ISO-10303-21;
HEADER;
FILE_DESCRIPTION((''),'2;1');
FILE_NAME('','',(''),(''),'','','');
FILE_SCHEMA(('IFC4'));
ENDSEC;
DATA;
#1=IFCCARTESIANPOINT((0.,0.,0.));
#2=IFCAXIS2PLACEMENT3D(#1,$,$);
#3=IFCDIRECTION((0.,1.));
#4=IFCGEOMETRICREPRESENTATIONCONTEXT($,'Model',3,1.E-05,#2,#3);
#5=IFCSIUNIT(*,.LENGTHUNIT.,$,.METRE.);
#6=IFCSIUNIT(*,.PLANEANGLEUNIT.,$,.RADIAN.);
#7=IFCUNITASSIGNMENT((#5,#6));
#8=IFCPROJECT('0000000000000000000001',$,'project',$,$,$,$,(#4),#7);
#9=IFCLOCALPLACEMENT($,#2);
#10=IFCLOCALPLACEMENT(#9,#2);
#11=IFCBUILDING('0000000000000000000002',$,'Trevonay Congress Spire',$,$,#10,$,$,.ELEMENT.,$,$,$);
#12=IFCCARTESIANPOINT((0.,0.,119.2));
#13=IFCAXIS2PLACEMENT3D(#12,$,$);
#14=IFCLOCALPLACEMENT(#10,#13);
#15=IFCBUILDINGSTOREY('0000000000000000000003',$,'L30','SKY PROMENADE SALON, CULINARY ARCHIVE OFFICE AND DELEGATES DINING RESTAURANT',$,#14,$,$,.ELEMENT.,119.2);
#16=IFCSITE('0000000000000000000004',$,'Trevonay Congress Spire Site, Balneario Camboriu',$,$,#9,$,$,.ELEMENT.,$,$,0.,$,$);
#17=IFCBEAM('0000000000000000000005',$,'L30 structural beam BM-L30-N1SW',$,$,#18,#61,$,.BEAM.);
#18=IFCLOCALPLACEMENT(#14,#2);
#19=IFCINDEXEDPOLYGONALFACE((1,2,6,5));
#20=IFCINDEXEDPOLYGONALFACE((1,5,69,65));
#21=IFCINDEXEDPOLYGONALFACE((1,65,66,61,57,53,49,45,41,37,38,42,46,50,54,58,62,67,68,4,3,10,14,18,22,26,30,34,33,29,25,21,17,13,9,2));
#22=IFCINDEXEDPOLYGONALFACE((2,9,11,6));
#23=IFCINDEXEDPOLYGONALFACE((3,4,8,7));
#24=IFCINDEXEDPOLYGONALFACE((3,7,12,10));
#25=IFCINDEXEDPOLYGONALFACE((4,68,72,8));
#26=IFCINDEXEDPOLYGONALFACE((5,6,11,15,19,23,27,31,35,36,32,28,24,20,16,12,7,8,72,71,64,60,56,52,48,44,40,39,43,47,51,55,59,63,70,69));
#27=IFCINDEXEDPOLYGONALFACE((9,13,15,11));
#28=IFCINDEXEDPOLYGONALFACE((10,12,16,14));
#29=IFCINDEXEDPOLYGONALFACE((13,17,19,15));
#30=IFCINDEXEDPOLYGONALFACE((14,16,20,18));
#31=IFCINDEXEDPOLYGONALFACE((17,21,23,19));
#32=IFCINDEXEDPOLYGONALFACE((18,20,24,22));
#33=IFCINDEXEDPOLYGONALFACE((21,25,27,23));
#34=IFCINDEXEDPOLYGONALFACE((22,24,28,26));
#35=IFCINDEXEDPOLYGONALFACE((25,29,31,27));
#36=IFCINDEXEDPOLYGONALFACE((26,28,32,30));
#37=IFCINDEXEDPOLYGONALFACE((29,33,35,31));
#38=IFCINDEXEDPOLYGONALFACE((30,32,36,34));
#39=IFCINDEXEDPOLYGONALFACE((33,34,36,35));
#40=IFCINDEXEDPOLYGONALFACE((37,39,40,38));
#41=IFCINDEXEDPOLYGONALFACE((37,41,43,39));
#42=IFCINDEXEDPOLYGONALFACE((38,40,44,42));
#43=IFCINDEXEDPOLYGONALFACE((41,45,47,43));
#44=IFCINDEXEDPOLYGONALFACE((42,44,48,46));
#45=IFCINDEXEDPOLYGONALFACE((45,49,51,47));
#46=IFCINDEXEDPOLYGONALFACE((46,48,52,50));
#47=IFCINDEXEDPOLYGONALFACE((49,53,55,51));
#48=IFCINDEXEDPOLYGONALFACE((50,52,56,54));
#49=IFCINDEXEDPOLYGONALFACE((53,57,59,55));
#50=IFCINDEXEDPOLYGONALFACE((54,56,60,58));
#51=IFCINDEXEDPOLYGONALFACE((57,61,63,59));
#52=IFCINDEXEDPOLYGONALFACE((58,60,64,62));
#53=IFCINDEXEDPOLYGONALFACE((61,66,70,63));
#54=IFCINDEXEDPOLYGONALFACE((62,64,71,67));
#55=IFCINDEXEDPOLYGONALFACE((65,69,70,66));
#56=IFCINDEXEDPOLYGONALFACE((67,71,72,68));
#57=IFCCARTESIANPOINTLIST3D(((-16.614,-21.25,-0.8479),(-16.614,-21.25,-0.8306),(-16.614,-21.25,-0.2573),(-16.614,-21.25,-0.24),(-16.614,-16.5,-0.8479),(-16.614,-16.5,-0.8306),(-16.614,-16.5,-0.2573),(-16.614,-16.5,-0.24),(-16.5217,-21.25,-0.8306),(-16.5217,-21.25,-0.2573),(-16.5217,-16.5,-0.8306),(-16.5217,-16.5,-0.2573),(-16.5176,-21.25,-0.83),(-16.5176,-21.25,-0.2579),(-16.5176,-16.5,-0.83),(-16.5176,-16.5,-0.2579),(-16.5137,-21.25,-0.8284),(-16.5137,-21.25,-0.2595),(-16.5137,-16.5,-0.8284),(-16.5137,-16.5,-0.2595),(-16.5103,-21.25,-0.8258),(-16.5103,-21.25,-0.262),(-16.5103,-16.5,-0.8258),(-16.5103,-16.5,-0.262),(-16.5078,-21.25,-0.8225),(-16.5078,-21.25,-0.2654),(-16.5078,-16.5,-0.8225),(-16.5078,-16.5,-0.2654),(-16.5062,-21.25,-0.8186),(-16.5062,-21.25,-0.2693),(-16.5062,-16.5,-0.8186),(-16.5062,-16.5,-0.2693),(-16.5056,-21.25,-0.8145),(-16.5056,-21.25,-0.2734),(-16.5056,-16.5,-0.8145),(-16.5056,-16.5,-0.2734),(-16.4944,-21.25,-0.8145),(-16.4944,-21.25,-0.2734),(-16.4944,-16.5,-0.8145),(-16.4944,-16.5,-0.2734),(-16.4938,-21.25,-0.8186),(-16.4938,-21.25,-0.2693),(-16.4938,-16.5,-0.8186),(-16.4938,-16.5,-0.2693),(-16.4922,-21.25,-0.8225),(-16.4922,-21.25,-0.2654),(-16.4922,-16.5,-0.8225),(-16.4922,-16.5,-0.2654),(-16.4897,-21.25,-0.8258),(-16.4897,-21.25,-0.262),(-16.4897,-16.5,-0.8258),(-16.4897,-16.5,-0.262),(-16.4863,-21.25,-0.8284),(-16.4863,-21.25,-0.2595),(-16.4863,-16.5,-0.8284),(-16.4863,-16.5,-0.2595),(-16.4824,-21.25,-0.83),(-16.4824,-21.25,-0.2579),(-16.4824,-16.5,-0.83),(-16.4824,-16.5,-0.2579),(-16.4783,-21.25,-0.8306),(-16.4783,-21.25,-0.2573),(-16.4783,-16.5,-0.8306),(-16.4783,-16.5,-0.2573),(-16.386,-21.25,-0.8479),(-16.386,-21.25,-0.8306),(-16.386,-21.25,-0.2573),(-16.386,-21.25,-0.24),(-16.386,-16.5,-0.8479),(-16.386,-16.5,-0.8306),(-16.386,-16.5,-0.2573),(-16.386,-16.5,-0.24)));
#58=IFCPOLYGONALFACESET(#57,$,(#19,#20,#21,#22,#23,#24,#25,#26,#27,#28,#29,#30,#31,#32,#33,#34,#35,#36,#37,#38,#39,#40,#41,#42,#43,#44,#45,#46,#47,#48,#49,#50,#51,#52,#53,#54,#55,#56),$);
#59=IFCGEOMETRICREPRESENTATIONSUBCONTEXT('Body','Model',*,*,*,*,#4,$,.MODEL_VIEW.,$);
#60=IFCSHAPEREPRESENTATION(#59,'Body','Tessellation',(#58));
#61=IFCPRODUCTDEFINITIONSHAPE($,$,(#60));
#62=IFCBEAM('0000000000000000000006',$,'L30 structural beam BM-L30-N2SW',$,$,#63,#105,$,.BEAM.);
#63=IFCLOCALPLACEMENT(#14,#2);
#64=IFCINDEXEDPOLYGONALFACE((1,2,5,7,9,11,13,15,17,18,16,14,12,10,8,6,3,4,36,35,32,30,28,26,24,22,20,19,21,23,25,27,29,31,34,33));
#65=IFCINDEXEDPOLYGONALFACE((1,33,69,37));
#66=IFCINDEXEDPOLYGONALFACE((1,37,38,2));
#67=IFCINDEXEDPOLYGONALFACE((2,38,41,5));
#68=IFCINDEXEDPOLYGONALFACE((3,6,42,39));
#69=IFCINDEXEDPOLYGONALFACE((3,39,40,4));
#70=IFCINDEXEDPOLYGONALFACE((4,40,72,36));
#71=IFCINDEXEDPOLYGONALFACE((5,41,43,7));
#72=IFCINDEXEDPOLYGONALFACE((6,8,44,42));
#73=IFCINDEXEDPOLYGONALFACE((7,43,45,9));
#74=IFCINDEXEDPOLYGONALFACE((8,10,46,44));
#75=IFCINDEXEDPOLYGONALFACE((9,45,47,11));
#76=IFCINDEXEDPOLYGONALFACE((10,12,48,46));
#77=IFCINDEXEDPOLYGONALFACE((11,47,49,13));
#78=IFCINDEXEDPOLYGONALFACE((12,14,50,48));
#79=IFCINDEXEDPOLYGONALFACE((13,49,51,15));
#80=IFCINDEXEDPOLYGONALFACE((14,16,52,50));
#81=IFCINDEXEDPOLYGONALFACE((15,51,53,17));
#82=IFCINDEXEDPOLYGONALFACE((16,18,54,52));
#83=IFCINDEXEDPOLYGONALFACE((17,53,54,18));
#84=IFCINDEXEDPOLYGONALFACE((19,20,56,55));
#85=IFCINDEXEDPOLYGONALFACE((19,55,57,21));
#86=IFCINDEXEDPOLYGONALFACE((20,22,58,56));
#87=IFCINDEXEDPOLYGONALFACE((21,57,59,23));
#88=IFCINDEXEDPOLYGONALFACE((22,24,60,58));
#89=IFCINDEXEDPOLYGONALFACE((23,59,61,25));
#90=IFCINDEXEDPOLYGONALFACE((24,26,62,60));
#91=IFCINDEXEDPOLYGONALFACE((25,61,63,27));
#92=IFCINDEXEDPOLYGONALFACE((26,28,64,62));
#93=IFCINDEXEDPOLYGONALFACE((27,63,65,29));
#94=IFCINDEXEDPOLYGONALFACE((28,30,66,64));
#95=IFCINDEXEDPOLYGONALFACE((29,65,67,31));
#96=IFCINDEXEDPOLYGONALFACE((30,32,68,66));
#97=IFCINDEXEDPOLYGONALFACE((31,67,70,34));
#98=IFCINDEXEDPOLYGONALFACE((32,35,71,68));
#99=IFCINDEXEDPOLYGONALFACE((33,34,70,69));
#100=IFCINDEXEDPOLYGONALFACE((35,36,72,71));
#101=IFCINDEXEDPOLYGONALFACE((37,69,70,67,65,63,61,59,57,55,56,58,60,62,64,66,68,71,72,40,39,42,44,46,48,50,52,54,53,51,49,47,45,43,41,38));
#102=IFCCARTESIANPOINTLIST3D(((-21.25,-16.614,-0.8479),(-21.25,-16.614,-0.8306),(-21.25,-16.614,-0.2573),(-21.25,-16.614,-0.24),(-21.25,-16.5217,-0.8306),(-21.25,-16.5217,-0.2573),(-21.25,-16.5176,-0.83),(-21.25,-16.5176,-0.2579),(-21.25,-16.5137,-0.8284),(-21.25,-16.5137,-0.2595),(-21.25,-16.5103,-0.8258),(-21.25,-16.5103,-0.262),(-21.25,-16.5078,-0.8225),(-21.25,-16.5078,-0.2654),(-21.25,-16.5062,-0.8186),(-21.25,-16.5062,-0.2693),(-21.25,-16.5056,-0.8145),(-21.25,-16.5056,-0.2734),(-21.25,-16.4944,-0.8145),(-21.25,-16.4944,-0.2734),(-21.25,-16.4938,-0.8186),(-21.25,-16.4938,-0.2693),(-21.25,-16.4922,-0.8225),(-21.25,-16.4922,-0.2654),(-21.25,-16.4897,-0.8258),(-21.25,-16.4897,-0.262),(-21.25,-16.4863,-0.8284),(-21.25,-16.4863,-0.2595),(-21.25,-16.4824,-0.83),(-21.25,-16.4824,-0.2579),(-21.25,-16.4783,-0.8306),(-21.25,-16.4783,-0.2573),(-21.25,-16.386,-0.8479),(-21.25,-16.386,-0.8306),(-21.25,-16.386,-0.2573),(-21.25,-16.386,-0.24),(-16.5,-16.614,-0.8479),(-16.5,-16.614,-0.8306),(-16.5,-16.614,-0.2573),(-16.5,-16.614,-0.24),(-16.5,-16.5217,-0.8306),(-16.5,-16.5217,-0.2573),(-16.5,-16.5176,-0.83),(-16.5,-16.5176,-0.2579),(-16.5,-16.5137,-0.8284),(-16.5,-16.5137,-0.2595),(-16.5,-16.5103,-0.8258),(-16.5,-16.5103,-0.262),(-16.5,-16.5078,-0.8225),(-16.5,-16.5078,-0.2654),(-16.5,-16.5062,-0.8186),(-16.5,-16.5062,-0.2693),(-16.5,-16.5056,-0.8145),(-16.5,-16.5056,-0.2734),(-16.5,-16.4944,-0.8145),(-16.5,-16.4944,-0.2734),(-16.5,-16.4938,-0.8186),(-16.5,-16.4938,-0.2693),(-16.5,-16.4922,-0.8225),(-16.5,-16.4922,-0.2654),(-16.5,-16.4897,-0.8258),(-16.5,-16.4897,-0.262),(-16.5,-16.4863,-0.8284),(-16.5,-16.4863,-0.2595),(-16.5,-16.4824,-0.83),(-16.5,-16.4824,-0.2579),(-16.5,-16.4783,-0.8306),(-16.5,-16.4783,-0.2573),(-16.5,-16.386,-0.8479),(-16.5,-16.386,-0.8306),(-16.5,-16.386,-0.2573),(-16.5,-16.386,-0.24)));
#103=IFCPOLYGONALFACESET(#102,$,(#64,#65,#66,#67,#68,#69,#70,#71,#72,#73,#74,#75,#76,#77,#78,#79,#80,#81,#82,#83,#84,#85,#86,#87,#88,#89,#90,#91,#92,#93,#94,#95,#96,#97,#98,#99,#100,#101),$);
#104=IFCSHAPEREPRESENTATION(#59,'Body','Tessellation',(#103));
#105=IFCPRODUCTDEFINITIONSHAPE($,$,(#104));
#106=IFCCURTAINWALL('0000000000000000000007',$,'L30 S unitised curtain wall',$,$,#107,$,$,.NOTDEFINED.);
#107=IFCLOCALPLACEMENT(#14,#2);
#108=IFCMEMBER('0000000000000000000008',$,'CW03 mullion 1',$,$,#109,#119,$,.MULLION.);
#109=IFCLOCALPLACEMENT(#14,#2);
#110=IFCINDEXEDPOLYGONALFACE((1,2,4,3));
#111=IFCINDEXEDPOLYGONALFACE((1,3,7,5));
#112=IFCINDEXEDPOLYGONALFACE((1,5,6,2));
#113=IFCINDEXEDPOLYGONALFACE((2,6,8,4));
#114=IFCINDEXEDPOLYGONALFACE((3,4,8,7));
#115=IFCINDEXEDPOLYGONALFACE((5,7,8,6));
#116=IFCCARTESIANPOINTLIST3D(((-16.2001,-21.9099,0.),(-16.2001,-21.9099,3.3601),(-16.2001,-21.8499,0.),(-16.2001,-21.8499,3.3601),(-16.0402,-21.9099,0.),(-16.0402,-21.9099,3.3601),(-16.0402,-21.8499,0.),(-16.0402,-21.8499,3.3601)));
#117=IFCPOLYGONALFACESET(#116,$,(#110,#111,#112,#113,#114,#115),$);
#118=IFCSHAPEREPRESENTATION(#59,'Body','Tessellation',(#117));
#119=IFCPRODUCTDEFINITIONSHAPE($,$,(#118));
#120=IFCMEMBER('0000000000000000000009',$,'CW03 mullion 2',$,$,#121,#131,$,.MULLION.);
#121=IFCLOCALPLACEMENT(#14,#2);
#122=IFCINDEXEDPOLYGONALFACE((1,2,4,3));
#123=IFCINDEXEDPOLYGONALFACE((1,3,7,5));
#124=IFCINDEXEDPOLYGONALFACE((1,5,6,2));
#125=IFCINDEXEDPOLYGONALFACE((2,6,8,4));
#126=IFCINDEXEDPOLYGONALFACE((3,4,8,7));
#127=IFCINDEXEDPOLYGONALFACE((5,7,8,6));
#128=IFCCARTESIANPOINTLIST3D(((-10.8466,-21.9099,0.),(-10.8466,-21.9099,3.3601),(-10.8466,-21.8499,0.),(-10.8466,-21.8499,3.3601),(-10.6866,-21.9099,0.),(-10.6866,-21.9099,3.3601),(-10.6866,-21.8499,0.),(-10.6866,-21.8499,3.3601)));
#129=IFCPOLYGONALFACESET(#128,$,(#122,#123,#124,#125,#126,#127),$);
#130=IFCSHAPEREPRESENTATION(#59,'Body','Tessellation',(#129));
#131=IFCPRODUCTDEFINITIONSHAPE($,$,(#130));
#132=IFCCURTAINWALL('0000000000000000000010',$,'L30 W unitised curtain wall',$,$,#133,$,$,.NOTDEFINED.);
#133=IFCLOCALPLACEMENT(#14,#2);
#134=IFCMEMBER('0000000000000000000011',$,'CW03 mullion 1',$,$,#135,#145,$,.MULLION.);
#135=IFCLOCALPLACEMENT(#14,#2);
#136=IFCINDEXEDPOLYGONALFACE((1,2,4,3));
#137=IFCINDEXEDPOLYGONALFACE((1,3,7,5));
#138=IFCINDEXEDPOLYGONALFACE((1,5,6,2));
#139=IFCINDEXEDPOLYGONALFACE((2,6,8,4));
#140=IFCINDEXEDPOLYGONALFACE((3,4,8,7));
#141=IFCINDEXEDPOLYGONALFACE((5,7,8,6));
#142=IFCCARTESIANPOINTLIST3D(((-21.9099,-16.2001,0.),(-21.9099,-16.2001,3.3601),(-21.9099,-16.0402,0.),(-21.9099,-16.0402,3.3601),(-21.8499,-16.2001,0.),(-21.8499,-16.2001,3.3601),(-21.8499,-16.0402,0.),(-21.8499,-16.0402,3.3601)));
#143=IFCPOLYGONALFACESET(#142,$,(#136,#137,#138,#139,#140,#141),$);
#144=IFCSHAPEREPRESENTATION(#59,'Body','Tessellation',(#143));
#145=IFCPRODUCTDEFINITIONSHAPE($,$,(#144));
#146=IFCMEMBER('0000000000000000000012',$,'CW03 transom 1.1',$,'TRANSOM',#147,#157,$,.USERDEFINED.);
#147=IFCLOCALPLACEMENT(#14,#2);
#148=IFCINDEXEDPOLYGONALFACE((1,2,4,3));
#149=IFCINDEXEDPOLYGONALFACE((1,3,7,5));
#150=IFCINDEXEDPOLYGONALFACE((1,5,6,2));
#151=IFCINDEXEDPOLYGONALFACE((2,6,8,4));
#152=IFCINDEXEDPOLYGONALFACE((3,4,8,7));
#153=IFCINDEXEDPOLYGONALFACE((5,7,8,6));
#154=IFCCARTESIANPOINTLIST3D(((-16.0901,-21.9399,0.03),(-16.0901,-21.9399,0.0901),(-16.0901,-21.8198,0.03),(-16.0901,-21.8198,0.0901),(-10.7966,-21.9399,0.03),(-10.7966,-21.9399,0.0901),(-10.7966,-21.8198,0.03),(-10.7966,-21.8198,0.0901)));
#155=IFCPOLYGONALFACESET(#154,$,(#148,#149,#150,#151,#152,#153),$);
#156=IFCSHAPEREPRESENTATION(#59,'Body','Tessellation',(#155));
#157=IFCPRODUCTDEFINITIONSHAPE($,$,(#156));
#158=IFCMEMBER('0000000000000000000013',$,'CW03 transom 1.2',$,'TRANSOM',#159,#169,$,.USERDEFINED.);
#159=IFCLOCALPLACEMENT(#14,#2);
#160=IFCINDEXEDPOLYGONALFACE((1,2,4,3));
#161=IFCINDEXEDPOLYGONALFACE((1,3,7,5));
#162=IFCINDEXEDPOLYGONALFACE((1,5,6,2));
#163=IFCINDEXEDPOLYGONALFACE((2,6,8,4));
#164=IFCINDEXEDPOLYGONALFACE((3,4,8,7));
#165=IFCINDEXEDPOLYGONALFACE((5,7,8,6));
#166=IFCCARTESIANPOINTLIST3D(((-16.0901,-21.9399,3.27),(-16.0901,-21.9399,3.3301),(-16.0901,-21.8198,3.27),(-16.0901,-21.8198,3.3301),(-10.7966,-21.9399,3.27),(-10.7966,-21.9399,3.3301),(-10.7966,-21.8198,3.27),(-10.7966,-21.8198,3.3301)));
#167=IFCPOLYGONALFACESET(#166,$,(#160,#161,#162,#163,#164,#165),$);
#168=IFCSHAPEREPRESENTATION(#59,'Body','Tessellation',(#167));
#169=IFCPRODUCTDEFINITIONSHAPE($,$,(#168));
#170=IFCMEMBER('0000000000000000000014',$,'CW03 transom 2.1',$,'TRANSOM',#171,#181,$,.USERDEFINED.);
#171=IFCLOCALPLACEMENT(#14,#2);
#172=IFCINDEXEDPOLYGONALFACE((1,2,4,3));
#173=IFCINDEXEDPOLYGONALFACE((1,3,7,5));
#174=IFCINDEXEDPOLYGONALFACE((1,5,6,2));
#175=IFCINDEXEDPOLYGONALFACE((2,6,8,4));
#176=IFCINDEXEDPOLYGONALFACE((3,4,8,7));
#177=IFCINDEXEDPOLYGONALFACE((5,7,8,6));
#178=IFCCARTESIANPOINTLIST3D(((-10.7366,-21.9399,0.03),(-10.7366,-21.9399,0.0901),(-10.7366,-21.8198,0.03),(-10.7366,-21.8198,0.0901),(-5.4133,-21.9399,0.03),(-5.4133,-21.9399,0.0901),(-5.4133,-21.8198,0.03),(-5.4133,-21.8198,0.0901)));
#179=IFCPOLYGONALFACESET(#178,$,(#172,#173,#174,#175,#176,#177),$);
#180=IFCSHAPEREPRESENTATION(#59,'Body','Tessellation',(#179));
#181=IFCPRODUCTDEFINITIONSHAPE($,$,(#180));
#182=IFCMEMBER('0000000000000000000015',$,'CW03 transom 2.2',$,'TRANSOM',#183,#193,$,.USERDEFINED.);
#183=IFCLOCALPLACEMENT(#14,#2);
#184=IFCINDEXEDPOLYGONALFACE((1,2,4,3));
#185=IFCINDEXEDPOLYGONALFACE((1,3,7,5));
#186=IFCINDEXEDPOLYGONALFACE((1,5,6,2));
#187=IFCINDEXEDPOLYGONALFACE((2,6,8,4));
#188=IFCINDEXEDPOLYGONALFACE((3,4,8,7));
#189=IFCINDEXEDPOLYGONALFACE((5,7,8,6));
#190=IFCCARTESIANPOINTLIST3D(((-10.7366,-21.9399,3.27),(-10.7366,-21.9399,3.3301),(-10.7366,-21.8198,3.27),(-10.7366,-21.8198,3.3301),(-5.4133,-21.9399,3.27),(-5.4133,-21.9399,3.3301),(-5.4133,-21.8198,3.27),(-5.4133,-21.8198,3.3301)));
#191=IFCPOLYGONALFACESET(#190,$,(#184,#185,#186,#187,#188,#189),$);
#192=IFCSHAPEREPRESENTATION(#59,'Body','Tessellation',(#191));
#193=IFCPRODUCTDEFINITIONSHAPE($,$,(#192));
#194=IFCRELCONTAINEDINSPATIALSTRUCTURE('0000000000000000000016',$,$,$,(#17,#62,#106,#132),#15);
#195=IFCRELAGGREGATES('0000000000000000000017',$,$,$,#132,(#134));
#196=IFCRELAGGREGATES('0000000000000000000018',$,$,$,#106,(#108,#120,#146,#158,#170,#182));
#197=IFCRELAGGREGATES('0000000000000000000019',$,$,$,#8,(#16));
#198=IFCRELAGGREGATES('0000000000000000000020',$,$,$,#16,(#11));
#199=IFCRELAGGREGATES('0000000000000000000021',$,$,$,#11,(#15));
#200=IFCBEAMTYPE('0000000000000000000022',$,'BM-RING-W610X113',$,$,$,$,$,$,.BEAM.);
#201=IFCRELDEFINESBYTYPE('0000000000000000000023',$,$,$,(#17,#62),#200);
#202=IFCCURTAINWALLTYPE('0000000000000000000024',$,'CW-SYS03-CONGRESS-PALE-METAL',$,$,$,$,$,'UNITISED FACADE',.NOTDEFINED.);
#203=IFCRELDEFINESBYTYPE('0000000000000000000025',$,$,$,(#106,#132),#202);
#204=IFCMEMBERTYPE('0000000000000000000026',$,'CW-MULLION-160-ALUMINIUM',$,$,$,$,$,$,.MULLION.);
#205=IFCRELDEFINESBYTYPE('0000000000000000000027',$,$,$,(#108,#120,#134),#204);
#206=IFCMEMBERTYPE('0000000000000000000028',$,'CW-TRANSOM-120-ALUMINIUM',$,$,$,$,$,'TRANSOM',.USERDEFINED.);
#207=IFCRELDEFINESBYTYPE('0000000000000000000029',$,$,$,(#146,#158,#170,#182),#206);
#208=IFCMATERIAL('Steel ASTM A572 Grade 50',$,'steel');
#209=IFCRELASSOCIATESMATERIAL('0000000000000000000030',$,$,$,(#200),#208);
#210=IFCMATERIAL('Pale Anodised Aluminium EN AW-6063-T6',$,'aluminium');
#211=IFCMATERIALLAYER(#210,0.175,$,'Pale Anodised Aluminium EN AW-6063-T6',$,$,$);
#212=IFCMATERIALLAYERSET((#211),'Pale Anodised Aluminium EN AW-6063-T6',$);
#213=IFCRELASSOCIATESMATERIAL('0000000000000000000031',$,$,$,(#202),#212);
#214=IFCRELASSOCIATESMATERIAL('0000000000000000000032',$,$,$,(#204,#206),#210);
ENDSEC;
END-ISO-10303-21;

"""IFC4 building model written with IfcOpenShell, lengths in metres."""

from ifc_helpers import new_model, si_unit, direction, frame, origin, origin_2d, place, context, subcontext, project, spatial, rectangle, i_section, extrude, material, layer, layer_set, material_profile, profile_set, type_object, element, aggregate, save


model = new_model("IFC4")

# Units and contexts
model_context = context("Model", 3, precision=1e-05, world=origin(), true_north=direction((0.0, 1.0)))
body_context = subcontext(model_context, "Body", "Model", "MODEL_VIEW")
ifc_project = project(units=[si_unit("LENGTHUNIT", "METRE"), si_unit("PLANEANGLEUNIT", "RADIAN")], contexts=[model_context])

# Site, building, storey
site_placement = place(None, origin())
site = spatial("IfcSite", under=ifc_project, at=site_placement, Name="Trevonay Congress Spire Site, Balneario Camboriu", CompositionType="ELEMENT", RefElevation=0.0)
building_placement = place(site_placement, origin())
building = spatial("IfcBuilding", under=site, at=building_placement, Name="Trevonay Congress Spire", CompositionType="ELEMENT")
storey_placement = place(building_placement, frame((0.0, 0.0, 119.2)))
storey = spatial("IfcBuildingStorey", under=building, at=storey_placement, Name="L30", Description="SKY PROMENADE SALON, CULINARY ARCHIVE OFFICE AND DELEGATES DINING RESTAURANT", CompositionType="ELEMENT", Elevation=119.2)

# Shared definitions
ifc_material_1 = material(Name="Steel ASTM A572 Grade 50", Category="steel")

# Beams
ifc_material_profile_1 = material_profile(ifc_material_1, i_section(OverallWidth=0.228, OverallDepth=0.6079, WebThickness=0.0112, FlangeThickness=0.0173, FilletRadius=0.0161, at=origin_2d()), Name="W610x113")
ifc_profile_set_1 = profile_set([ifc_material_profile_1], Name="Steel ASTM A572 Grade 50")
beam_type = type_object("IfcBeamType", Name="BM-RING-W610X113", PredefinedType="BEAM", material=ifc_profile_set_1)
for number, where, z_axis, x_axis, name in (
    (1, (-16.5, -21.25, -0.5439), (0.0, 1.0, 0.0), (-1.0, 0.0, 0.0), "L30 structural beam BM-L30-N1SW"),
    (2, (-21.25, -16.5, -0.5439), (1.0, 0.0, 0.0), (0.0, 1.0, 0.0), "L30 structural beam BM-L30-N2SW"),
):
    element("IfcBeam", number, at=place(storey_placement, frame(where, z_axis=z_axis, x_axis=x_axis)), inside=storey, type_object=beam_type, Name=name, PredefinedType="BEAM", context=body_context, shape_type="SweptSolid", body=[
        extrude(i_section(OverallWidth=0.228, OverallDepth=0.6079, WebThickness=0.0112, FlangeThickness=0.0173, FilletRadius=0.0161, at=origin_2d()), origin(), (0.0, 0.0, 1.0), 4.75),
    ])

# Curtain wall, members
ifc_material_2 = material(Name="Pale Anodised Aluminium EN AW-6063-T6", Category="aluminium")
ifc_layer_1 = layer(ifc_material_2, 0.175, Name="Pale Anodised Aluminium EN AW-6063-T6")
ifc_layer_set_1 = layer_set([ifc_layer_1], Name="Pale Anodised Aluminium EN AW-6063-T6")
curtain_wall_type = type_object("IfcCurtainWallType", Name="CW-SYS03-CONGRESS-PALE-METAL", ElementType="UNITISED FACADE", PredefinedType="NOTDEFINED", material=ifc_layer_set_1)
curtain_wall_1_placement = place(storey_placement, origin())
curtain_wall_1 = element("IfcCurtainWall", 3, at=curtain_wall_1_placement, inside=storey, type_object=curtain_wall_type, Name="L30 S unitised curtain wall", PredefinedType="NOTDEFINED")
ifc_material_profile_2 = material_profile(ifc_material_2, rectangle(XDim=0.0601, YDim=0.1599, at=origin_2d()), Name="CW-MULLION-160-ALUMINIUM")
ifc_profile_set_2 = profile_set([ifc_material_profile_2], Name="Pale Anodised Aluminium EN AW-6063-T6")
member_type_1 = type_object("IfcMemberType", Name="CW-MULLION-160-ALUMINIUM", PredefinedType="MULLION", material=ifc_profile_set_2)
member_1_placement = place(storey_placement, frame((-16.1201, -21.8799, 0.0), z_axis=(0.0, 0.0, 1.0), x_axis=(0.0, 1.0, 0.0)))
member_1 = element("IfcMember", 4, at=member_1_placement, type_object=member_type_1, Name="CW03 mullion 1", PredefinedType="MULLION", context=body_context, shape_type="SweptSolid", body=[
    extrude(rectangle(XDim=0.0601, YDim=0.1599, at=origin_2d()), origin(), (0.0, 0.0, 1.0), 3.3601),
])
member_2_placement = place(storey_placement, frame((-10.7666, -21.8799, 0.0), z_axis=(0.0, 0.0, 1.0), x_axis=(0.0, 1.0, 0.0)))
member_2 = element("IfcMember", 5, at=member_2_placement, type_object=member_type_1, Name="CW03 mullion 2", PredefinedType="MULLION", context=body_context, shape_type="SweptSolid", body=[
    extrude(rectangle(XDim=0.0601, YDim=0.1599, at=origin_2d()), origin(), (0.0, 0.0, 1.0), 3.3601),
])

# Curtain wall, member
curtain_wall_2_placement = place(storey_placement, origin())
curtain_wall_2 = element("IfcCurtainWall", 6, at=curtain_wall_2_placement, inside=storey, type_object=curtain_wall_type, Name="L30 W unitised curtain wall", PredefinedType="NOTDEFINED")
member_3_placement = place(storey_placement, frame((-21.8799, -16.1201, 0.0), z_axis=(0.0, 0.0, 1.0), x_axis=(-1.0, 0.0, 0.0)))
member_3 = element("IfcMember", 7, at=member_3_placement, type_object=member_type_1, Name="CW03 mullion 1", PredefinedType="MULLION", context=body_context, shape_type="SweptSolid", body=[
    extrude(rectangle(XDim=0.0601, YDim=0.1599, at=origin_2d()), origin(), (0.0, 0.0, 1.0), 3.3601),
])

# Members
ifc_material_profile_3 = material_profile(ifc_material_2, rectangle(XDim=0.1201, YDim=0.0601, at=origin_2d()), Name="CW-TRANSOM-120-ALUMINIUM")
ifc_profile_set_3 = profile_set([ifc_material_profile_3], Name="Pale Anodised Aluminium EN AW-6063-T6")
member_type_2 = type_object("IfcMemberType", Name="CW-TRANSOM-120-ALUMINIUM", ElementType="TRANSOM", PredefinedType="USERDEFINED", material=ifc_profile_set_3)
member_4_placement = place(storey_placement, frame((-16.0901, -21.8799, 0.0601), z_axis=(1.0, 0.0, 0.0), x_axis=(0.0, 1.0, 0.0)))
member_4 = element("IfcMember", 8, at=member_4_placement, type_object=member_type_2, Name="CW03 transom 1.1", ObjectType="TRANSOM", PredefinedType="USERDEFINED", context=body_context, shape_type="SweptSolid", body=[
    extrude(rectangle(XDim=0.1201, YDim=0.0601, at=origin_2d()), origin(), (0.0, 0.0, 1.0), 5.2935),
])
member_5_placement = place(storey_placement, frame((-16.0901, -21.8799, 3.3), z_axis=(1.0, 0.0, 0.0), x_axis=(0.0, 1.0, 0.0)))
member_5 = element("IfcMember", 9, at=member_5_placement, type_object=member_type_2, Name="CW03 transom 1.2", ObjectType="TRANSOM", PredefinedType="USERDEFINED", context=body_context, shape_type="SweptSolid", body=[
    extrude(rectangle(XDim=0.1201, YDim=0.0601, at=origin_2d()), origin(), (0.0, 0.0, 1.0), 5.2935),
])
member_6_placement = place(storey_placement, frame((-10.7366, -21.8799, 0.0601), z_axis=(1.0, 0.0, 0.0), x_axis=(0.0, 1.0, 0.0)))
member_6 = element("IfcMember", 10, at=member_6_placement, type_object=member_type_2, Name="CW03 transom 2.1", ObjectType="TRANSOM", PredefinedType="USERDEFINED", context=body_context, shape_type="SweptSolid", body=[
    extrude(rectangle(XDim=0.1201, YDim=0.0601, at=origin_2d()), origin(), (0.0, 0.0, 1.0), 5.3232),
])
member_7_placement = place(storey_placement, frame((-10.7366, -21.8799, 3.3), z_axis=(1.0, 0.0, 0.0), x_axis=(0.0, 1.0, 0.0)))
member_7 = element("IfcMember", 11, at=member_7_placement, type_object=member_type_2, Name="CW03 transom 2.2", ObjectType="TRANSOM", PredefinedType="USERDEFINED", context=body_context, shape_type="SweptSolid", body=[
    extrude(rectangle(XDim=0.1201, YDim=0.0601, at=origin_2d()), origin(), (0.0, 0.0, 1.0), 5.3232),
])
aggregate(curtain_wall_2, [member_3])

aggregate(curtain_wall_1, [member_1, member_2, member_4, member_5, member_6, member_7])

save(model, "model.ifc")
